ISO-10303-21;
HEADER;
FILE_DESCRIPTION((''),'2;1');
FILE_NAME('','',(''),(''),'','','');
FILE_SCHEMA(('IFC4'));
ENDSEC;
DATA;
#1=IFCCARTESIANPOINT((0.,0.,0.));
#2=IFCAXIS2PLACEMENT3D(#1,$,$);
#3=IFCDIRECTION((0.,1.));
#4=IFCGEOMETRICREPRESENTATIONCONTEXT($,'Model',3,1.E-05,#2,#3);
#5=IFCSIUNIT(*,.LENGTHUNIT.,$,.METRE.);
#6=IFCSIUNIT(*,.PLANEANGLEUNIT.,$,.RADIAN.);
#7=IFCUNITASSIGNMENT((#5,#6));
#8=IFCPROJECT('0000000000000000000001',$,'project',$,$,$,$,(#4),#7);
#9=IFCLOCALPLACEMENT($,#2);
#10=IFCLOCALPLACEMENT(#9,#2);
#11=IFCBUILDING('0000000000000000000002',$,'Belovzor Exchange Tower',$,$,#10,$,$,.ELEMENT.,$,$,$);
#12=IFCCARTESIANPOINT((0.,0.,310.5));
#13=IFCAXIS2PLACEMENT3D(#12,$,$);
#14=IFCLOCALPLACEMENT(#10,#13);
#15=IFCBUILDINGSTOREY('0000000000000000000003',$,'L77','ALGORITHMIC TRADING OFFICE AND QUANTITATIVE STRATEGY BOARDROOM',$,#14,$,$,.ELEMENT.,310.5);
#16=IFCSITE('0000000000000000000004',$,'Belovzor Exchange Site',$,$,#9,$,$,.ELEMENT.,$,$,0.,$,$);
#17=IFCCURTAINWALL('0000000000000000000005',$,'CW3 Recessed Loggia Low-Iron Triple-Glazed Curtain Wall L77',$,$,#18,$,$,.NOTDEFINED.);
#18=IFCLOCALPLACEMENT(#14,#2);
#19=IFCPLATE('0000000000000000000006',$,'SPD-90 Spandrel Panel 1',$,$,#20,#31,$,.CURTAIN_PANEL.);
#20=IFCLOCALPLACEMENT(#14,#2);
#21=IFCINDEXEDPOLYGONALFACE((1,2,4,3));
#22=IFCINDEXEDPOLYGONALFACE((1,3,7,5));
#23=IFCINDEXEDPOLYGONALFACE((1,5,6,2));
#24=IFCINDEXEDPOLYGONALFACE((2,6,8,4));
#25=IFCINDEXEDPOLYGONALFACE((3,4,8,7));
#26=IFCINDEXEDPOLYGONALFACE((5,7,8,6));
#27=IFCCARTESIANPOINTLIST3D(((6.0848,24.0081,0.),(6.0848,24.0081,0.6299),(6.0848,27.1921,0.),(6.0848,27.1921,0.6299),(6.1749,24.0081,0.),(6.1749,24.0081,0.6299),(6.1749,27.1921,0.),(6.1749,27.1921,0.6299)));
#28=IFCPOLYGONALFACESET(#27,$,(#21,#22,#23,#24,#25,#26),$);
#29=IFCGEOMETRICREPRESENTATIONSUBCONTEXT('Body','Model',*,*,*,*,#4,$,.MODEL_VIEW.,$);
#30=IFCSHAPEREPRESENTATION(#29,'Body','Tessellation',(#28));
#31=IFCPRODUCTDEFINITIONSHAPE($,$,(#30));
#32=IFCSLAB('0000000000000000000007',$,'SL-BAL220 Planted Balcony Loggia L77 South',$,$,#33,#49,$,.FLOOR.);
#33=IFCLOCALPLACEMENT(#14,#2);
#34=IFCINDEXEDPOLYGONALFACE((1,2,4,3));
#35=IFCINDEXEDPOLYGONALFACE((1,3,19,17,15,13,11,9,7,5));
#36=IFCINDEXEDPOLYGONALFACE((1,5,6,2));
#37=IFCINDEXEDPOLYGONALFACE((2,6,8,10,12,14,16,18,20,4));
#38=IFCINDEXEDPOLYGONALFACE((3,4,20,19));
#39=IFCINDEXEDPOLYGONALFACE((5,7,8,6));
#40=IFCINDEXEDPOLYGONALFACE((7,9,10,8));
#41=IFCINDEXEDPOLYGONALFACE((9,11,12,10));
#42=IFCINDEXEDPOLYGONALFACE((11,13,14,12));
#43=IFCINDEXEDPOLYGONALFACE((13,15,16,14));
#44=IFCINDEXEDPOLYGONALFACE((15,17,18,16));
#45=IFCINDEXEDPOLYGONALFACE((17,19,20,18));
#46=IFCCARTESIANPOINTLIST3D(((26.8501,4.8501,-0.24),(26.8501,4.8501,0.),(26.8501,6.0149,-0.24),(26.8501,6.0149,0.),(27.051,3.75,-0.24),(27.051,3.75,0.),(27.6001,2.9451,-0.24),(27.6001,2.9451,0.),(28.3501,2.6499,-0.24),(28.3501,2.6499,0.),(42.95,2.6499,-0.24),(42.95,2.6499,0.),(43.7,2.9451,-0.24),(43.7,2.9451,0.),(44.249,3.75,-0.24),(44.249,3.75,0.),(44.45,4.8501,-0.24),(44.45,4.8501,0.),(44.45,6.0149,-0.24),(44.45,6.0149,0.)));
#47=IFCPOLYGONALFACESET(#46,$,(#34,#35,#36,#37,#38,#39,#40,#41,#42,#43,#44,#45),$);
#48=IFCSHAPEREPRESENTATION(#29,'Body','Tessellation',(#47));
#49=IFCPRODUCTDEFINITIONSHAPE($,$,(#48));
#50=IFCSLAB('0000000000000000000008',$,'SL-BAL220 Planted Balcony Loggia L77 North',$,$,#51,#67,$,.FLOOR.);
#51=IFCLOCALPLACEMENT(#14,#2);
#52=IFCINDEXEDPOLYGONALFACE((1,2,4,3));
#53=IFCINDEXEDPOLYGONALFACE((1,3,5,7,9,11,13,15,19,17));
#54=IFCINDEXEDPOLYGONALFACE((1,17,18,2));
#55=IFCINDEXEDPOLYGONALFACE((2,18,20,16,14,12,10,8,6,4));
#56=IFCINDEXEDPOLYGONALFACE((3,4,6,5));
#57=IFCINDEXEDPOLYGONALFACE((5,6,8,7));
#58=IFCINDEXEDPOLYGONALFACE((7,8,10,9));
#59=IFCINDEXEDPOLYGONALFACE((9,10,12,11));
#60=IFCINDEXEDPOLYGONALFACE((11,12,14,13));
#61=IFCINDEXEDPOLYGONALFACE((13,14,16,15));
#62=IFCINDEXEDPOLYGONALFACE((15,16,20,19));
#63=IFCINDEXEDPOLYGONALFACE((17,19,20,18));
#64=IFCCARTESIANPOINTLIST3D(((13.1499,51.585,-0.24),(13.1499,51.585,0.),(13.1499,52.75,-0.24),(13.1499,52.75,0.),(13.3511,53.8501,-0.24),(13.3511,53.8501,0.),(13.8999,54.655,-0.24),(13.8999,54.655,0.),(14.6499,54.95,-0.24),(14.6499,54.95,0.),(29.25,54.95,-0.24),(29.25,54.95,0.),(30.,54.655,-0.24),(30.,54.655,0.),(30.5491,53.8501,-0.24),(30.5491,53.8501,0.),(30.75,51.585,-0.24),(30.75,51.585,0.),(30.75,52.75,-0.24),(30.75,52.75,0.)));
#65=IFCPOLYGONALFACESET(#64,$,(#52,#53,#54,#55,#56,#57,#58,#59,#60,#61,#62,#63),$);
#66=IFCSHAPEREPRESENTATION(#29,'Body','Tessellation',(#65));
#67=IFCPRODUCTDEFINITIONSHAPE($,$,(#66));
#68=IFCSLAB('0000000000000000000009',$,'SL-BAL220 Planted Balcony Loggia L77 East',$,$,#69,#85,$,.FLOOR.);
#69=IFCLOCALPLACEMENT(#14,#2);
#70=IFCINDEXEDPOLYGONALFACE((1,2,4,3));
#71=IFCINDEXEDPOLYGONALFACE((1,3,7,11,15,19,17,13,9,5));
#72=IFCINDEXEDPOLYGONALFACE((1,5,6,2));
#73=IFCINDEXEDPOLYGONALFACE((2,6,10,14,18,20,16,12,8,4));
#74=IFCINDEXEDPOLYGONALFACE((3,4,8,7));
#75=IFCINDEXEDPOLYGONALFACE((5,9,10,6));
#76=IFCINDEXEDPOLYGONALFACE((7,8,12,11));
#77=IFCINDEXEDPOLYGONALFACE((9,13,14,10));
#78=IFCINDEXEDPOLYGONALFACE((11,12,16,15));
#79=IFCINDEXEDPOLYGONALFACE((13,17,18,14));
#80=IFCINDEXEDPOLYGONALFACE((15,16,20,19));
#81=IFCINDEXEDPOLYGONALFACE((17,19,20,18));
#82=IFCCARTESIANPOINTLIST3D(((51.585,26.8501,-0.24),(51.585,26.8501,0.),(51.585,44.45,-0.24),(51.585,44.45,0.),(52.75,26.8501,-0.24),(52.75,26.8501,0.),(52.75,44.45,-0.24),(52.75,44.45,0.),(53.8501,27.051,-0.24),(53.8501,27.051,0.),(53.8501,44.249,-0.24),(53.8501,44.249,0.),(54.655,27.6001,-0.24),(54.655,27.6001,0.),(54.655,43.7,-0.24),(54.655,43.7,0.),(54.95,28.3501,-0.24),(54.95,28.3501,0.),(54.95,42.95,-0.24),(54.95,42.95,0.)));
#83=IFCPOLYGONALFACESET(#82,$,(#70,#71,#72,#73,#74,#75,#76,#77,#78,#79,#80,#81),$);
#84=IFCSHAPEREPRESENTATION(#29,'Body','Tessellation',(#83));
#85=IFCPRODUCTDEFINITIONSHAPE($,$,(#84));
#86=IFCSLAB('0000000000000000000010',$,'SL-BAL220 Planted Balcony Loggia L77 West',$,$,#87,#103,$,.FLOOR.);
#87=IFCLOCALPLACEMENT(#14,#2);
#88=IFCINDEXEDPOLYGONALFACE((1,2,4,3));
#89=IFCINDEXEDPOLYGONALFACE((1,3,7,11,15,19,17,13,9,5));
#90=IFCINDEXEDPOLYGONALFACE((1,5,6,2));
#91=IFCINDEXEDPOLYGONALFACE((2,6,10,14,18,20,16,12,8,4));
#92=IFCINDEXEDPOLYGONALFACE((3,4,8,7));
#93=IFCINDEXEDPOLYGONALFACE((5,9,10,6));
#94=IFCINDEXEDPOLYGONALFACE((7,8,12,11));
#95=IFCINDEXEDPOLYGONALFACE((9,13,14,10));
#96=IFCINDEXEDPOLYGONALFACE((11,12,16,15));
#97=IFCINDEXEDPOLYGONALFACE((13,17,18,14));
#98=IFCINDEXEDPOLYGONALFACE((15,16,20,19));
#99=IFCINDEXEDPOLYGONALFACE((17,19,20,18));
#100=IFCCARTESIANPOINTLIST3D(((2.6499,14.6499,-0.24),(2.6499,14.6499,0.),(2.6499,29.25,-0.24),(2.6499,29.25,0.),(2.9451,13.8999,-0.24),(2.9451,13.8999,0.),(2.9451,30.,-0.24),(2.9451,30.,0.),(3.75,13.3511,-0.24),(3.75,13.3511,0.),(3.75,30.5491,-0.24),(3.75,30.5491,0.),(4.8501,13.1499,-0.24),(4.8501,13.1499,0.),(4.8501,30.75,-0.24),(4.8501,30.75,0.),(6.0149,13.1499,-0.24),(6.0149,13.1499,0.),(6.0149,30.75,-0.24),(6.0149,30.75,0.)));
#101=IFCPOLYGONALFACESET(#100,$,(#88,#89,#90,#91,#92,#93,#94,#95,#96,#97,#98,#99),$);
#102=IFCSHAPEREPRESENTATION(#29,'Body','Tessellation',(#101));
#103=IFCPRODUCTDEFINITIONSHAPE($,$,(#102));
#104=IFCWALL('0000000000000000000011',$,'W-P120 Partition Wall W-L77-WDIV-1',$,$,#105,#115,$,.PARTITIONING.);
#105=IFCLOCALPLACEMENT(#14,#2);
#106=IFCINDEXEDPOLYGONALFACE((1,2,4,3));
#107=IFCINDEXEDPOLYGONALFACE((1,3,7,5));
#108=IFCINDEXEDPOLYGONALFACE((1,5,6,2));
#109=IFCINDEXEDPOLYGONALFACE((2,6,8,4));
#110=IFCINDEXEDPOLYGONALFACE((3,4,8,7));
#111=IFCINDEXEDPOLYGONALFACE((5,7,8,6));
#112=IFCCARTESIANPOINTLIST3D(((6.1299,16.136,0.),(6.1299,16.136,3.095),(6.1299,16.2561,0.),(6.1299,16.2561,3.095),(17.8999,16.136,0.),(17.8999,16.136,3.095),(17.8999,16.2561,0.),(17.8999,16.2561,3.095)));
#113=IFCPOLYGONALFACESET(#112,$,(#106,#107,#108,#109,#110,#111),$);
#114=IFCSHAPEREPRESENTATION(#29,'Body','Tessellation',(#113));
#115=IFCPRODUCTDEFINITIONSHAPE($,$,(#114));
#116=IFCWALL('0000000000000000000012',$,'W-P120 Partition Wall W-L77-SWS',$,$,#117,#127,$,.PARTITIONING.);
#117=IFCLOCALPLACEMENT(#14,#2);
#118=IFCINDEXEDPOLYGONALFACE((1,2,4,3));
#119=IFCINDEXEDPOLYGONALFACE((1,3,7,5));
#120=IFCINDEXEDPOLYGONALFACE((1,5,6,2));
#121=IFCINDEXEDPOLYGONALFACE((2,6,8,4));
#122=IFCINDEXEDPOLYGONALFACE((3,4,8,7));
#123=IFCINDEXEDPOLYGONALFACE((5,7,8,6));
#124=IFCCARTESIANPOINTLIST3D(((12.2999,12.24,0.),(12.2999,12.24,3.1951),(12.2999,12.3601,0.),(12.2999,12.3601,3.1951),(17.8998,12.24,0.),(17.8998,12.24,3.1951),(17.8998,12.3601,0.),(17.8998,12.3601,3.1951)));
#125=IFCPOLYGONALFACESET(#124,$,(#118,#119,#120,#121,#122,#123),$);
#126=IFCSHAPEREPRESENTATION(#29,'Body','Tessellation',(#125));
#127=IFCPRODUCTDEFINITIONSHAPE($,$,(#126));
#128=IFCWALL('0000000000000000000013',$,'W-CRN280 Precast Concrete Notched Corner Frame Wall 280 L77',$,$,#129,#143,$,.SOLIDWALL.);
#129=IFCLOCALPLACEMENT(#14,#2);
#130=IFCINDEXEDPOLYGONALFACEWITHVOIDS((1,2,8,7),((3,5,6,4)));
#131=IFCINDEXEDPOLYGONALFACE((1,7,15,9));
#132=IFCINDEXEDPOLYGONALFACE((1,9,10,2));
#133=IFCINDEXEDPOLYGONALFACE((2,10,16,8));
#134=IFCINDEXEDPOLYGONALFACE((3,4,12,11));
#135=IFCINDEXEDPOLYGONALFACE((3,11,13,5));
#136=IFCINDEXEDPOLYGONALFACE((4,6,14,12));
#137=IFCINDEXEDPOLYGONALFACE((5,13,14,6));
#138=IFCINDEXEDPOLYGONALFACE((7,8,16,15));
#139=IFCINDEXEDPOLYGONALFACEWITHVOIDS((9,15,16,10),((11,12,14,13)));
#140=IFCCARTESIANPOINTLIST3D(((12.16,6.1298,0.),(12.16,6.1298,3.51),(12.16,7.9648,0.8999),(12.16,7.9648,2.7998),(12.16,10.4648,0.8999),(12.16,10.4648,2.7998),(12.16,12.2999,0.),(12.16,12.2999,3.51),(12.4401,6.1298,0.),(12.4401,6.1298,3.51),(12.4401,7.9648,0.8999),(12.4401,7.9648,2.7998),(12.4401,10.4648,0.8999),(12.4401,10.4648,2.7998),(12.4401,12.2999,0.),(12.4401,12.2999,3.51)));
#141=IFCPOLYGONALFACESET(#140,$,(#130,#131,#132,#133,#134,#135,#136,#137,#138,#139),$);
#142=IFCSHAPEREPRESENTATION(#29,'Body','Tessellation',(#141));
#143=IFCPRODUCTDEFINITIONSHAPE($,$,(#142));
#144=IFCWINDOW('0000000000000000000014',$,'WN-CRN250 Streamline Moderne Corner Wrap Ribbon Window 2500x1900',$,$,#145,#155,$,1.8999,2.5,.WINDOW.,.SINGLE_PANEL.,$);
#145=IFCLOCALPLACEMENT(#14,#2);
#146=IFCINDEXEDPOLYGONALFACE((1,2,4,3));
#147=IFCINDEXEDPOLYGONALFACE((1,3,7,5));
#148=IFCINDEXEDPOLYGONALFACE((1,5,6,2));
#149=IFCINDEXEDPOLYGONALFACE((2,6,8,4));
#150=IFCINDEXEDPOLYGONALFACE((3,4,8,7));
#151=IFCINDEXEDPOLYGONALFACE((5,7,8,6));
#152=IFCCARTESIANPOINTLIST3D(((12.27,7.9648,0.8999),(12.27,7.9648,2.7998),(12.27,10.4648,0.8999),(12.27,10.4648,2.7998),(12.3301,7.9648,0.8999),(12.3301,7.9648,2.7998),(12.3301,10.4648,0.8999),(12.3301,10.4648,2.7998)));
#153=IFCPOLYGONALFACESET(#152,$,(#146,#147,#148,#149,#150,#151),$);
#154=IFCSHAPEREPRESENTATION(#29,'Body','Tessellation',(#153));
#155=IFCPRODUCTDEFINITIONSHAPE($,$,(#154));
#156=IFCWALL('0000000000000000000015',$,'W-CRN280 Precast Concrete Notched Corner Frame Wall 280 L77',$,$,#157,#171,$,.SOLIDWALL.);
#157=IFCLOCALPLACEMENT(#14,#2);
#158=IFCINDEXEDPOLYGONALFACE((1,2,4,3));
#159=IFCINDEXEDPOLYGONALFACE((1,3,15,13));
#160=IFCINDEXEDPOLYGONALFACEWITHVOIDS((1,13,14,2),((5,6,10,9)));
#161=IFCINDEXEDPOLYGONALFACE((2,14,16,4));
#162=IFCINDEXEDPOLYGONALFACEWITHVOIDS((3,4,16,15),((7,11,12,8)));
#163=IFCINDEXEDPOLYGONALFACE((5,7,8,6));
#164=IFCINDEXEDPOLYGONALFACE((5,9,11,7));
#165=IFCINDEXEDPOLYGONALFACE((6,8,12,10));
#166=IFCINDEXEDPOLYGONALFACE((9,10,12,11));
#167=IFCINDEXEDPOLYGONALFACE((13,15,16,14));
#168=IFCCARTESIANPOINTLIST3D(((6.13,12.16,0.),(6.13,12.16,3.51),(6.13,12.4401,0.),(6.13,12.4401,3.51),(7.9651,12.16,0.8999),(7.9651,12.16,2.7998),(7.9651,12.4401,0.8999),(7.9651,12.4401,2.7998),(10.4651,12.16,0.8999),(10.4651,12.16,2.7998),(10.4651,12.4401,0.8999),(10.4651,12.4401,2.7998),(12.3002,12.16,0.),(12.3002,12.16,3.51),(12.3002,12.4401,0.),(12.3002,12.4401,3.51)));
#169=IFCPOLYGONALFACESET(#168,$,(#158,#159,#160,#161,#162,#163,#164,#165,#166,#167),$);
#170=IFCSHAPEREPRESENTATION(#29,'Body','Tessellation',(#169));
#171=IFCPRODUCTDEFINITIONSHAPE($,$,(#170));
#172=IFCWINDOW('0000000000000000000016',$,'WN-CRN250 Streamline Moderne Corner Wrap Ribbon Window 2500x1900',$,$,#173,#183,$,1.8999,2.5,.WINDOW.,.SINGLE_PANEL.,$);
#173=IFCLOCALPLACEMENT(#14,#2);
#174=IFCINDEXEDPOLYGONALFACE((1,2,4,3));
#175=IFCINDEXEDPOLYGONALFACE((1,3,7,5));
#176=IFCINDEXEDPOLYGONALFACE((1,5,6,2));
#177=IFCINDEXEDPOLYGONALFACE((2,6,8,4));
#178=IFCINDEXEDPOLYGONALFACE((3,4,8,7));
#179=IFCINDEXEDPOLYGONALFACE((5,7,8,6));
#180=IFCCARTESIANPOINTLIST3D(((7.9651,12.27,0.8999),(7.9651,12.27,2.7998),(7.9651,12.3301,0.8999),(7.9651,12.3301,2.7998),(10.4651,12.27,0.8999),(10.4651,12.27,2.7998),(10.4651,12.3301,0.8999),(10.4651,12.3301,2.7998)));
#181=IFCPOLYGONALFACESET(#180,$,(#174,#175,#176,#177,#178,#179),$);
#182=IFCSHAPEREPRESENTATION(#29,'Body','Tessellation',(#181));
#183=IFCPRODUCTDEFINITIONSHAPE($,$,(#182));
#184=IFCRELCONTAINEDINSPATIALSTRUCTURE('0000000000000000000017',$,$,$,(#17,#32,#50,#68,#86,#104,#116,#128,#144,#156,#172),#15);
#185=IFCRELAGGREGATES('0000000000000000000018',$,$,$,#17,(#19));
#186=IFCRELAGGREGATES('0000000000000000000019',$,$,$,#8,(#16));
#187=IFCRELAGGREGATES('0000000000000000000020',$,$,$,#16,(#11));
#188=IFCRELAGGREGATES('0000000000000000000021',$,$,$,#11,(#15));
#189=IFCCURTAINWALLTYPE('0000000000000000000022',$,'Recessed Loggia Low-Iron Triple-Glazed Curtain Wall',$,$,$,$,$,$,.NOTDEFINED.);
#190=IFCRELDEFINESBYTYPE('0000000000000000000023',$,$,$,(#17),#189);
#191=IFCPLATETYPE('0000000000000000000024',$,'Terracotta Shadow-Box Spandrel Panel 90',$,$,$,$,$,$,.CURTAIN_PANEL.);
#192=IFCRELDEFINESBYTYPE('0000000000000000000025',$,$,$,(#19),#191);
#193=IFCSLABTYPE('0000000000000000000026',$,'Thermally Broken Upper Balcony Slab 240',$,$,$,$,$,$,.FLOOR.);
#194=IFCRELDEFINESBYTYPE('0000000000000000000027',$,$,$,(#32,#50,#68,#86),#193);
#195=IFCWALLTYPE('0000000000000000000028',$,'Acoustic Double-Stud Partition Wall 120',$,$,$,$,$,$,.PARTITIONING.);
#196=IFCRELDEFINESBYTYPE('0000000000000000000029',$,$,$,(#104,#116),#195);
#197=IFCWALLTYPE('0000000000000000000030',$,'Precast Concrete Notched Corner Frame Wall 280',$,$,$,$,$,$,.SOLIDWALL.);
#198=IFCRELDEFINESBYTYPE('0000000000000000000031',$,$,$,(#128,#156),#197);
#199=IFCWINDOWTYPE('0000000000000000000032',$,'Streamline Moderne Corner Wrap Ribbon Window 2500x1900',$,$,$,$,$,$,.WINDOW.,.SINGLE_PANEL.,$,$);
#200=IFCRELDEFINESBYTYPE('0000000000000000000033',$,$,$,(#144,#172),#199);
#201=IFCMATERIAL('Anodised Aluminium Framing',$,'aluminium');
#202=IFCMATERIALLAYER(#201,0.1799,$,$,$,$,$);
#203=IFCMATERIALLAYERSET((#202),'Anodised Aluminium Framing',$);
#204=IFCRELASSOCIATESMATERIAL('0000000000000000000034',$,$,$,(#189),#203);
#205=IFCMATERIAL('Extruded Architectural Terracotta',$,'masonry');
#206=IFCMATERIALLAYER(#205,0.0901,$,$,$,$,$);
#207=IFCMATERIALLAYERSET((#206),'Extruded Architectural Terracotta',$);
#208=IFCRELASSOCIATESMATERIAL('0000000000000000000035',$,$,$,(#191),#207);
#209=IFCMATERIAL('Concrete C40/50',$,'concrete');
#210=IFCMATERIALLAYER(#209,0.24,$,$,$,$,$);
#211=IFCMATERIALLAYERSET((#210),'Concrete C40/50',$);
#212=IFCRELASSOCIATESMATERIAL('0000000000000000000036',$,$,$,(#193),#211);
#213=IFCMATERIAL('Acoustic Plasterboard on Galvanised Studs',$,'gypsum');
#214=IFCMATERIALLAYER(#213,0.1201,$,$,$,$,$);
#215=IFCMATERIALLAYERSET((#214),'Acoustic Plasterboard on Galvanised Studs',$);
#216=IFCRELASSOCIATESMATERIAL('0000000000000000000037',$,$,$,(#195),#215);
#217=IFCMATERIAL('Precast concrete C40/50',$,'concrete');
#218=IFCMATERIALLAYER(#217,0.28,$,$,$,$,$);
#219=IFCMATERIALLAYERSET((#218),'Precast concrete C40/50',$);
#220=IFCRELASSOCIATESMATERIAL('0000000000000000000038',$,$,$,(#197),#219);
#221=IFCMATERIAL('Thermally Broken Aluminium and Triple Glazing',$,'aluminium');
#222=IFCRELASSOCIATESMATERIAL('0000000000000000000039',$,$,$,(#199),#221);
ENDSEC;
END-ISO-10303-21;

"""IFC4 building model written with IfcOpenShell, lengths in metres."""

from ifc_helpers import new_model, si_unit, direction, frame, frame_2d, origin, origin_2d, place, context, subcontext, project, spatial, polyline, rectangle, outline, extrude, material, layer, layer_set, type_object, element, fill, aggregate, save


model = new_model("IFC4")

# Units and contexts
model_context = context("Model", 3, precision=1e-05, world=origin(), true_north=direction((0.0, 1.0)))
body_context = subcontext(model_context, "Body", "Model", "MODEL_VIEW")
ifc_project = project(units=[si_unit("LENGTHUNIT", "METRE"), si_unit("PLANEANGLEUNIT", "RADIAN")], contexts=[model_context])

# Site, building, storey
site_placement = place(None, origin())
site = spatial("IfcSite", under=ifc_project, at=site_placement, Name="Belovzor Exchange Site", CompositionType="ELEMENT", RefElevation=0.0)
building_placement = place(site_placement, origin())
building = spatial("IfcBuilding", under=site, at=building_placement, Name="Belovzor Exchange Tower", CompositionType="ELEMENT")
storey_placement = place(building_placement, frame((0.0, 0.0, 310.5)))
storey = spatial("IfcBuildingStorey", under=building, at=storey_placement, Name="L77", Description="ALGORITHMIC TRADING OFFICE AND QUANTITATIVE STRATEGY BOARDROOM", CompositionType="ELEMENT", Elevation=310.5)

# Curtain wall
ifc_material_1 = material(Name="Anodised Aluminium Framing", Category="aluminium")
ifc_layer_1 = layer(ifc_material_1, 0.1799)
ifc_layer_set_1 = layer_set([ifc_layer_1], Name="Anodised Aluminium Framing")
curtain_wall_type = type_object("IfcCurtainWallType", Name="Recessed Loggia Low-Iron Triple-Glazed Curtain Wall", PredefinedType="NOTDEFINED", material=ifc_layer_set_1)
curtain_wall_placement = place(storey_placement, origin())
curtain_wall = element("IfcCurtainWall", 1, at=curtain_wall_placement, inside=storey, type_object=curtain_wall_type, Name="CW3 Recessed Loggia Low-Iron Triple-Glazed Curtain Wall L77", PredefinedType="NOTDEFINED")

# Plate
ifc_material_2 = material(Name="Extruded Architectural Terracotta", Category="masonry")
ifc_layer_2 = layer(ifc_material_2, 0.0901)
ifc_layer_set_2 = layer_set([ifc_layer_2], Name="Extruded Architectural Terracotta")
plate_type_1 = type_object("IfcPlateType", Name="Terracotta Shadow-Box Spandrel Panel 90", PredefinedType="CURTAIN_PANEL", material=ifc_layer_set_2)
plate_1_placement = place(storey_placement, frame((6.1299, 25.6001, 0.0), z_axis=(0.0, 0.0, 1.0), x_axis=(0.0, 1.0, 0.0)))
plate_1 = element("IfcPlate", 2, at=plate_1_placement, type_object=plate_type_1, Name="SPD-90 Spandrel Panel 1", PredefinedType="CURTAIN_PANEL", context=body_context, shape_type="SweptSolid", body=[
    extrude(rectangle(XDim=3.1841, YDim=0.0901, at=origin_2d()), origin(), (0.0, 0.0, 1.0), 0.6299),
])
aggregate(curtain_wall, [plate_1])

# Slabs
ifc_material_3 = material(Name="Concrete C40/50", Category="concrete")
ifc_layer_3 = layer(ifc_material_3, 0.24)
ifc_layer_set_3 = layer_set([ifc_layer_3], Name="Concrete C40/50")
slab_type_1 = type_object("IfcSlabType", Name="Thermally Broken Upper Balcony Slab 240", PredefinedType="FLOOR", material=ifc_layer_set_3)
slab_1_placement = place(storey_placement, frame((0.0, 0.0, -0.24)))
element("IfcSlab", 3, at=slab_1_placement, inside=storey, type_object=slab_type_1, Name="SL-BAL220 Planted Balcony Loggia L77 South", PredefinedType="FLOOR", context=body_context, shape_type="SweptSolid", body=[
    extrude(outline(polyline([(26.8501, 6.0149), (26.8501, 4.8501), (27.051, 3.75), (27.6001, 2.9451), (28.3501, 2.6499), (42.95, 2.6499), (43.7, 2.9451), (44.249, 3.75), (44.45, 4.8501), (44.45, 6.0149), (26.8501, 6.0149)])), origin(), (0.0, 0.0, 1.0), 0.24),
])
slab_2_placement = place(storey_placement, frame((0.0, 0.0, -0.24)))
element("IfcSlab", 4, at=slab_2_placement, inside=storey, type_object=slab_type_1, Name="SL-BAL220 Planted Balcony Loggia L77 North", PredefinedType="FLOOR", context=body_context, shape_type="SweptSolid", body=[
    extrude(outline(polyline([(30.75, 51.585), (30.75, 52.75), (30.5491, 53.8501), (30.0, 54.655), (29.25, 54.95), (14.6499, 54.95), (13.8999, 54.655), (13.3511, 53.8501), (13.1499, 52.75), (13.1499, 51.585), (30.75, 51.585)])), origin(), (0.0, 0.0, 1.0), 0.24),
])
slab_3_placement = place(storey_placement, frame((0.0, 0.0, -0.24)))
element("IfcSlab", 5, at=slab_3_placement, inside=storey, type_object=slab_type_1, Name="SL-BAL220 Planted Balcony Loggia L77 East", PredefinedType="FLOOR", context=body_context, shape_type="SweptSolid", body=[
    extrude(outline(polyline([(51.585, 26.8501), (52.75, 26.8501), (53.8501, 27.051), (54.655, 27.6001), (54.95, 28.3501), (54.95, 42.95), (54.655, 43.7), (53.8501, 44.249), (52.75, 44.45), (51.585, 44.45), (51.585, 26.8501)])), origin(), (0.0, 0.0, 1.0), 0.24),
])
slab_4_placement = place(storey_placement, frame((0.0, 0.0, -0.24)))
element("IfcSlab", 6, at=slab_4_placement, inside=storey, type_object=slab_type_1, Name="SL-BAL220 Planted Balcony Loggia L77 West", PredefinedType="FLOOR", context=body_context, shape_type="SweptSolid", body=[
    extrude(outline(polyline([(6.0149, 30.75), (4.8501, 30.75), (3.75, 30.5491), (2.9451, 30.0), (2.6499, 29.25), (2.6499, 14.6499), (2.9451, 13.8999), (3.75, 13.3511), (4.8501, 13.1499), (6.0149, 13.1499), (6.0149, 30.75)])), origin(), (0.0, 0.0, 1.0), 0.24),
])

# Walls
ifc_material_4 = material(Name="Acoustic Plasterboard on Galvanised Studs", Category="gypsum")
ifc_layer_4 = layer(ifc_material_4, 0.1201)
ifc_layer_set_4 = layer_set([ifc_layer_4], Name="Acoustic Plasterboard on Galvanised Studs")
wall_type_1 = type_object("IfcWallType", Name="Acoustic Double-Stud Partition Wall 120", PredefinedType="PARTITIONING", material=ifc_layer_set_4)
wall_1_placement = place(storey_placement, frame((6.1299, 16.196, 0.0), z_axis=(0.0, 0.0, 1.0), x_axis=(1.0, 0.0, 0.0)))
element("IfcWall", 7, at=wall_1_placement, inside=storey, type_object=wall_type_1, Name="W-P120 Partition Wall W-L77-WDIV-1", PredefinedType="PARTITIONING", context=body_context, shape_type="SweptSolid", body=[
    extrude(rectangle(XDim=11.77, YDim=0.1201, at=frame_2d((5.885, 0.0))), origin(), (0.0, 0.0, 1.0), 3.095),
])
wall_2_placement = place(storey_placement, frame((12.3, 12.3, 0.0), z_axis=(0.0, 0.0, 1.0), x_axis=(1.0, 0.0, 0.0)))
element("IfcWall", 8, at=wall_2_placement, inside=storey, type_object=wall_type_1, Name="W-P120 Partition Wall W-L77-SWS", PredefinedType="PARTITIONING", context=body_context, shape_type="SweptSolid", body=[
    extrude(rectangle(XDim=5.5999, YDim=0.1201, at=frame_2d((2.7998, 0.0))), origin(), (0.0, 0.0, 1.0), 3.1951),
])

# Walls, openings, windows
ifc_material_5 = material(Name="Precast concrete C40/50", Category="concrete")
ifc_layer_5 = layer(ifc_material_5, 0.28)
ifc_layer_set_5 = layer_set([ifc_layer_5], Name="Precast concrete C40/50")
wall_type_2 = type_object("IfcWallType", Name="Precast Concrete Notched Corner Frame Wall 280", PredefinedType="SOLIDWALL", material=ifc_layer_set_5)
wall_3_placement = place(storey_placement, frame((12.3, 6.1299, 0.0), z_axis=(0.0, 0.0, 1.0), x_axis=(0.0, 1.0, 0.0)))
wall_3 = element("IfcWall", 9, at=wall_3_placement, inside=storey, type_object=wall_type_2, Name="W-CRN280 Precast Concrete Notched Corner Frame Wall 280 L77", PredefinedType="SOLIDWALL", context=body_context, shape_type="SweptSolid", body=[
    extrude(rectangle(XDim=6.1702, YDim=0.28, at=frame_2d((3.085, 0.0))), origin(), (0.0, 0.0, 1.0), 3.51),
])
opening_1_placement = place(wall_3_placement, frame((1.835, 0.0, 0.8999)))
opening_1 = element("IfcOpeningElement", 10, at=opening_1_placement, cuts=wall_3, PredefinedType="OPENING", context=body_context, shape_type="SweptSolid", body=[
    extrude(rectangle(XDim=2.5, YDim=1.8999, at=frame_2d((1.25, 0.95))), frame((0.0, 0.1499, 0.0), z_axis=(0.0, -1.0, 0.0), x_axis=(1.0, 0.0, 0.0)), (0.0, 0.0, 1.0), 0.3),
])
ifc_material_6 = material(Name="Thermally Broken Aluminium and Triple Glazing", Category="aluminium")
window_type = type_object("IfcWindowType", Name="Streamline Moderne Corner Wrap Ribbon Window 2500x1900", PartitioningType="SINGLE_PANEL", PredefinedType="WINDOW", material=ifc_material_6)
window_1_placement = place(opening_1_placement, origin())
window_1 = element("IfcWindow", 11, at=window_1_placement, inside=storey, type_object=window_type, Name="WN-CRN250 Streamline Moderne Corner Wrap Ribbon Window 2500x1900", OverallHeight=1.8999, OverallWidth=2.5, PartitioningType="SINGLE_PANEL", PredefinedType="WINDOW", context=body_context, shape_type="SweptSolid", body=[
    extrude(rectangle(XDim=2.5, YDim=1.8999, at=frame_2d((1.25, 0.95))), frame((0.0, 0.03, 0.0), z_axis=(0.0, -1.0, 0.0), x_axis=(1.0, 0.0, 0.0)), (0.0, 0.0, 1.0), 0.0601),
])
fill(opening_1, window_1)
wall_4_placement = place(storey_placement, frame((12.3, 12.3, 0.0), z_axis=(0.0, 0.0, 1.0), x_axis=(-1.0, 0.0, 0.0)))
wall_4 = element("IfcWall", 12, at=wall_4_placement, inside=storey, type_object=wall_type_2, Name="W-CRN280 Precast Concrete Notched Corner Frame Wall 280 L77", PredefinedType="SOLIDWALL", context=body_context, shape_type="SweptSolid", body=[
    extrude(rectangle(XDim=6.1702, YDim=0.28, at=frame_2d((3.085, 0.0))), origin(), (0.0, 0.0, 1.0), 3.51),
])
opening_2_placement = place(wall_4_placement, frame((1.835, 0.0, 0.8999)))
opening_2 = element("IfcOpeningElement", 13, at=opening_2_placement, cuts=wall_4, PredefinedType="OPENING", context=body_context, shape_type="SweptSolid", body=[
    extrude(rectangle(XDim=2.5, YDim=1.8999, at=frame_2d((1.25, 0.95))), frame((0.0, 0.1499, 0.0), z_axis=(0.0, -1.0, 0.0), x_axis=(1.0, 0.0, 0.0)), (0.0, 0.0, 1.0), 0.3),
])
window_2_placement = place(opening_2_placement, origin())
window_2 = element("IfcWindow", 14, at=window_2_placement, inside=storey, type_object=window_type, Name="WN-CRN250 Streamline Moderne Corner Wrap Ribbon Window 2500x1900", OverallHeight=1.8999, OverallWidth=2.5, PartitioningType="SINGLE_PANEL", PredefinedType="WINDOW", context=body_context, shape_type="SweptSolid", body=[
    extrude(rectangle(XDim=2.5, YDim=1.8999, at=frame_2d((1.25, 0.95))), frame((0.0, 0.03, 0.0), z_axis=(0.0, -1.0, 0.0), x_axis=(1.0, 0.0, 0.0)), (0.0, 0.0, 1.0), 0.0601),
])
fill(opening_2, window_2)

save(model, "model.ifc")
